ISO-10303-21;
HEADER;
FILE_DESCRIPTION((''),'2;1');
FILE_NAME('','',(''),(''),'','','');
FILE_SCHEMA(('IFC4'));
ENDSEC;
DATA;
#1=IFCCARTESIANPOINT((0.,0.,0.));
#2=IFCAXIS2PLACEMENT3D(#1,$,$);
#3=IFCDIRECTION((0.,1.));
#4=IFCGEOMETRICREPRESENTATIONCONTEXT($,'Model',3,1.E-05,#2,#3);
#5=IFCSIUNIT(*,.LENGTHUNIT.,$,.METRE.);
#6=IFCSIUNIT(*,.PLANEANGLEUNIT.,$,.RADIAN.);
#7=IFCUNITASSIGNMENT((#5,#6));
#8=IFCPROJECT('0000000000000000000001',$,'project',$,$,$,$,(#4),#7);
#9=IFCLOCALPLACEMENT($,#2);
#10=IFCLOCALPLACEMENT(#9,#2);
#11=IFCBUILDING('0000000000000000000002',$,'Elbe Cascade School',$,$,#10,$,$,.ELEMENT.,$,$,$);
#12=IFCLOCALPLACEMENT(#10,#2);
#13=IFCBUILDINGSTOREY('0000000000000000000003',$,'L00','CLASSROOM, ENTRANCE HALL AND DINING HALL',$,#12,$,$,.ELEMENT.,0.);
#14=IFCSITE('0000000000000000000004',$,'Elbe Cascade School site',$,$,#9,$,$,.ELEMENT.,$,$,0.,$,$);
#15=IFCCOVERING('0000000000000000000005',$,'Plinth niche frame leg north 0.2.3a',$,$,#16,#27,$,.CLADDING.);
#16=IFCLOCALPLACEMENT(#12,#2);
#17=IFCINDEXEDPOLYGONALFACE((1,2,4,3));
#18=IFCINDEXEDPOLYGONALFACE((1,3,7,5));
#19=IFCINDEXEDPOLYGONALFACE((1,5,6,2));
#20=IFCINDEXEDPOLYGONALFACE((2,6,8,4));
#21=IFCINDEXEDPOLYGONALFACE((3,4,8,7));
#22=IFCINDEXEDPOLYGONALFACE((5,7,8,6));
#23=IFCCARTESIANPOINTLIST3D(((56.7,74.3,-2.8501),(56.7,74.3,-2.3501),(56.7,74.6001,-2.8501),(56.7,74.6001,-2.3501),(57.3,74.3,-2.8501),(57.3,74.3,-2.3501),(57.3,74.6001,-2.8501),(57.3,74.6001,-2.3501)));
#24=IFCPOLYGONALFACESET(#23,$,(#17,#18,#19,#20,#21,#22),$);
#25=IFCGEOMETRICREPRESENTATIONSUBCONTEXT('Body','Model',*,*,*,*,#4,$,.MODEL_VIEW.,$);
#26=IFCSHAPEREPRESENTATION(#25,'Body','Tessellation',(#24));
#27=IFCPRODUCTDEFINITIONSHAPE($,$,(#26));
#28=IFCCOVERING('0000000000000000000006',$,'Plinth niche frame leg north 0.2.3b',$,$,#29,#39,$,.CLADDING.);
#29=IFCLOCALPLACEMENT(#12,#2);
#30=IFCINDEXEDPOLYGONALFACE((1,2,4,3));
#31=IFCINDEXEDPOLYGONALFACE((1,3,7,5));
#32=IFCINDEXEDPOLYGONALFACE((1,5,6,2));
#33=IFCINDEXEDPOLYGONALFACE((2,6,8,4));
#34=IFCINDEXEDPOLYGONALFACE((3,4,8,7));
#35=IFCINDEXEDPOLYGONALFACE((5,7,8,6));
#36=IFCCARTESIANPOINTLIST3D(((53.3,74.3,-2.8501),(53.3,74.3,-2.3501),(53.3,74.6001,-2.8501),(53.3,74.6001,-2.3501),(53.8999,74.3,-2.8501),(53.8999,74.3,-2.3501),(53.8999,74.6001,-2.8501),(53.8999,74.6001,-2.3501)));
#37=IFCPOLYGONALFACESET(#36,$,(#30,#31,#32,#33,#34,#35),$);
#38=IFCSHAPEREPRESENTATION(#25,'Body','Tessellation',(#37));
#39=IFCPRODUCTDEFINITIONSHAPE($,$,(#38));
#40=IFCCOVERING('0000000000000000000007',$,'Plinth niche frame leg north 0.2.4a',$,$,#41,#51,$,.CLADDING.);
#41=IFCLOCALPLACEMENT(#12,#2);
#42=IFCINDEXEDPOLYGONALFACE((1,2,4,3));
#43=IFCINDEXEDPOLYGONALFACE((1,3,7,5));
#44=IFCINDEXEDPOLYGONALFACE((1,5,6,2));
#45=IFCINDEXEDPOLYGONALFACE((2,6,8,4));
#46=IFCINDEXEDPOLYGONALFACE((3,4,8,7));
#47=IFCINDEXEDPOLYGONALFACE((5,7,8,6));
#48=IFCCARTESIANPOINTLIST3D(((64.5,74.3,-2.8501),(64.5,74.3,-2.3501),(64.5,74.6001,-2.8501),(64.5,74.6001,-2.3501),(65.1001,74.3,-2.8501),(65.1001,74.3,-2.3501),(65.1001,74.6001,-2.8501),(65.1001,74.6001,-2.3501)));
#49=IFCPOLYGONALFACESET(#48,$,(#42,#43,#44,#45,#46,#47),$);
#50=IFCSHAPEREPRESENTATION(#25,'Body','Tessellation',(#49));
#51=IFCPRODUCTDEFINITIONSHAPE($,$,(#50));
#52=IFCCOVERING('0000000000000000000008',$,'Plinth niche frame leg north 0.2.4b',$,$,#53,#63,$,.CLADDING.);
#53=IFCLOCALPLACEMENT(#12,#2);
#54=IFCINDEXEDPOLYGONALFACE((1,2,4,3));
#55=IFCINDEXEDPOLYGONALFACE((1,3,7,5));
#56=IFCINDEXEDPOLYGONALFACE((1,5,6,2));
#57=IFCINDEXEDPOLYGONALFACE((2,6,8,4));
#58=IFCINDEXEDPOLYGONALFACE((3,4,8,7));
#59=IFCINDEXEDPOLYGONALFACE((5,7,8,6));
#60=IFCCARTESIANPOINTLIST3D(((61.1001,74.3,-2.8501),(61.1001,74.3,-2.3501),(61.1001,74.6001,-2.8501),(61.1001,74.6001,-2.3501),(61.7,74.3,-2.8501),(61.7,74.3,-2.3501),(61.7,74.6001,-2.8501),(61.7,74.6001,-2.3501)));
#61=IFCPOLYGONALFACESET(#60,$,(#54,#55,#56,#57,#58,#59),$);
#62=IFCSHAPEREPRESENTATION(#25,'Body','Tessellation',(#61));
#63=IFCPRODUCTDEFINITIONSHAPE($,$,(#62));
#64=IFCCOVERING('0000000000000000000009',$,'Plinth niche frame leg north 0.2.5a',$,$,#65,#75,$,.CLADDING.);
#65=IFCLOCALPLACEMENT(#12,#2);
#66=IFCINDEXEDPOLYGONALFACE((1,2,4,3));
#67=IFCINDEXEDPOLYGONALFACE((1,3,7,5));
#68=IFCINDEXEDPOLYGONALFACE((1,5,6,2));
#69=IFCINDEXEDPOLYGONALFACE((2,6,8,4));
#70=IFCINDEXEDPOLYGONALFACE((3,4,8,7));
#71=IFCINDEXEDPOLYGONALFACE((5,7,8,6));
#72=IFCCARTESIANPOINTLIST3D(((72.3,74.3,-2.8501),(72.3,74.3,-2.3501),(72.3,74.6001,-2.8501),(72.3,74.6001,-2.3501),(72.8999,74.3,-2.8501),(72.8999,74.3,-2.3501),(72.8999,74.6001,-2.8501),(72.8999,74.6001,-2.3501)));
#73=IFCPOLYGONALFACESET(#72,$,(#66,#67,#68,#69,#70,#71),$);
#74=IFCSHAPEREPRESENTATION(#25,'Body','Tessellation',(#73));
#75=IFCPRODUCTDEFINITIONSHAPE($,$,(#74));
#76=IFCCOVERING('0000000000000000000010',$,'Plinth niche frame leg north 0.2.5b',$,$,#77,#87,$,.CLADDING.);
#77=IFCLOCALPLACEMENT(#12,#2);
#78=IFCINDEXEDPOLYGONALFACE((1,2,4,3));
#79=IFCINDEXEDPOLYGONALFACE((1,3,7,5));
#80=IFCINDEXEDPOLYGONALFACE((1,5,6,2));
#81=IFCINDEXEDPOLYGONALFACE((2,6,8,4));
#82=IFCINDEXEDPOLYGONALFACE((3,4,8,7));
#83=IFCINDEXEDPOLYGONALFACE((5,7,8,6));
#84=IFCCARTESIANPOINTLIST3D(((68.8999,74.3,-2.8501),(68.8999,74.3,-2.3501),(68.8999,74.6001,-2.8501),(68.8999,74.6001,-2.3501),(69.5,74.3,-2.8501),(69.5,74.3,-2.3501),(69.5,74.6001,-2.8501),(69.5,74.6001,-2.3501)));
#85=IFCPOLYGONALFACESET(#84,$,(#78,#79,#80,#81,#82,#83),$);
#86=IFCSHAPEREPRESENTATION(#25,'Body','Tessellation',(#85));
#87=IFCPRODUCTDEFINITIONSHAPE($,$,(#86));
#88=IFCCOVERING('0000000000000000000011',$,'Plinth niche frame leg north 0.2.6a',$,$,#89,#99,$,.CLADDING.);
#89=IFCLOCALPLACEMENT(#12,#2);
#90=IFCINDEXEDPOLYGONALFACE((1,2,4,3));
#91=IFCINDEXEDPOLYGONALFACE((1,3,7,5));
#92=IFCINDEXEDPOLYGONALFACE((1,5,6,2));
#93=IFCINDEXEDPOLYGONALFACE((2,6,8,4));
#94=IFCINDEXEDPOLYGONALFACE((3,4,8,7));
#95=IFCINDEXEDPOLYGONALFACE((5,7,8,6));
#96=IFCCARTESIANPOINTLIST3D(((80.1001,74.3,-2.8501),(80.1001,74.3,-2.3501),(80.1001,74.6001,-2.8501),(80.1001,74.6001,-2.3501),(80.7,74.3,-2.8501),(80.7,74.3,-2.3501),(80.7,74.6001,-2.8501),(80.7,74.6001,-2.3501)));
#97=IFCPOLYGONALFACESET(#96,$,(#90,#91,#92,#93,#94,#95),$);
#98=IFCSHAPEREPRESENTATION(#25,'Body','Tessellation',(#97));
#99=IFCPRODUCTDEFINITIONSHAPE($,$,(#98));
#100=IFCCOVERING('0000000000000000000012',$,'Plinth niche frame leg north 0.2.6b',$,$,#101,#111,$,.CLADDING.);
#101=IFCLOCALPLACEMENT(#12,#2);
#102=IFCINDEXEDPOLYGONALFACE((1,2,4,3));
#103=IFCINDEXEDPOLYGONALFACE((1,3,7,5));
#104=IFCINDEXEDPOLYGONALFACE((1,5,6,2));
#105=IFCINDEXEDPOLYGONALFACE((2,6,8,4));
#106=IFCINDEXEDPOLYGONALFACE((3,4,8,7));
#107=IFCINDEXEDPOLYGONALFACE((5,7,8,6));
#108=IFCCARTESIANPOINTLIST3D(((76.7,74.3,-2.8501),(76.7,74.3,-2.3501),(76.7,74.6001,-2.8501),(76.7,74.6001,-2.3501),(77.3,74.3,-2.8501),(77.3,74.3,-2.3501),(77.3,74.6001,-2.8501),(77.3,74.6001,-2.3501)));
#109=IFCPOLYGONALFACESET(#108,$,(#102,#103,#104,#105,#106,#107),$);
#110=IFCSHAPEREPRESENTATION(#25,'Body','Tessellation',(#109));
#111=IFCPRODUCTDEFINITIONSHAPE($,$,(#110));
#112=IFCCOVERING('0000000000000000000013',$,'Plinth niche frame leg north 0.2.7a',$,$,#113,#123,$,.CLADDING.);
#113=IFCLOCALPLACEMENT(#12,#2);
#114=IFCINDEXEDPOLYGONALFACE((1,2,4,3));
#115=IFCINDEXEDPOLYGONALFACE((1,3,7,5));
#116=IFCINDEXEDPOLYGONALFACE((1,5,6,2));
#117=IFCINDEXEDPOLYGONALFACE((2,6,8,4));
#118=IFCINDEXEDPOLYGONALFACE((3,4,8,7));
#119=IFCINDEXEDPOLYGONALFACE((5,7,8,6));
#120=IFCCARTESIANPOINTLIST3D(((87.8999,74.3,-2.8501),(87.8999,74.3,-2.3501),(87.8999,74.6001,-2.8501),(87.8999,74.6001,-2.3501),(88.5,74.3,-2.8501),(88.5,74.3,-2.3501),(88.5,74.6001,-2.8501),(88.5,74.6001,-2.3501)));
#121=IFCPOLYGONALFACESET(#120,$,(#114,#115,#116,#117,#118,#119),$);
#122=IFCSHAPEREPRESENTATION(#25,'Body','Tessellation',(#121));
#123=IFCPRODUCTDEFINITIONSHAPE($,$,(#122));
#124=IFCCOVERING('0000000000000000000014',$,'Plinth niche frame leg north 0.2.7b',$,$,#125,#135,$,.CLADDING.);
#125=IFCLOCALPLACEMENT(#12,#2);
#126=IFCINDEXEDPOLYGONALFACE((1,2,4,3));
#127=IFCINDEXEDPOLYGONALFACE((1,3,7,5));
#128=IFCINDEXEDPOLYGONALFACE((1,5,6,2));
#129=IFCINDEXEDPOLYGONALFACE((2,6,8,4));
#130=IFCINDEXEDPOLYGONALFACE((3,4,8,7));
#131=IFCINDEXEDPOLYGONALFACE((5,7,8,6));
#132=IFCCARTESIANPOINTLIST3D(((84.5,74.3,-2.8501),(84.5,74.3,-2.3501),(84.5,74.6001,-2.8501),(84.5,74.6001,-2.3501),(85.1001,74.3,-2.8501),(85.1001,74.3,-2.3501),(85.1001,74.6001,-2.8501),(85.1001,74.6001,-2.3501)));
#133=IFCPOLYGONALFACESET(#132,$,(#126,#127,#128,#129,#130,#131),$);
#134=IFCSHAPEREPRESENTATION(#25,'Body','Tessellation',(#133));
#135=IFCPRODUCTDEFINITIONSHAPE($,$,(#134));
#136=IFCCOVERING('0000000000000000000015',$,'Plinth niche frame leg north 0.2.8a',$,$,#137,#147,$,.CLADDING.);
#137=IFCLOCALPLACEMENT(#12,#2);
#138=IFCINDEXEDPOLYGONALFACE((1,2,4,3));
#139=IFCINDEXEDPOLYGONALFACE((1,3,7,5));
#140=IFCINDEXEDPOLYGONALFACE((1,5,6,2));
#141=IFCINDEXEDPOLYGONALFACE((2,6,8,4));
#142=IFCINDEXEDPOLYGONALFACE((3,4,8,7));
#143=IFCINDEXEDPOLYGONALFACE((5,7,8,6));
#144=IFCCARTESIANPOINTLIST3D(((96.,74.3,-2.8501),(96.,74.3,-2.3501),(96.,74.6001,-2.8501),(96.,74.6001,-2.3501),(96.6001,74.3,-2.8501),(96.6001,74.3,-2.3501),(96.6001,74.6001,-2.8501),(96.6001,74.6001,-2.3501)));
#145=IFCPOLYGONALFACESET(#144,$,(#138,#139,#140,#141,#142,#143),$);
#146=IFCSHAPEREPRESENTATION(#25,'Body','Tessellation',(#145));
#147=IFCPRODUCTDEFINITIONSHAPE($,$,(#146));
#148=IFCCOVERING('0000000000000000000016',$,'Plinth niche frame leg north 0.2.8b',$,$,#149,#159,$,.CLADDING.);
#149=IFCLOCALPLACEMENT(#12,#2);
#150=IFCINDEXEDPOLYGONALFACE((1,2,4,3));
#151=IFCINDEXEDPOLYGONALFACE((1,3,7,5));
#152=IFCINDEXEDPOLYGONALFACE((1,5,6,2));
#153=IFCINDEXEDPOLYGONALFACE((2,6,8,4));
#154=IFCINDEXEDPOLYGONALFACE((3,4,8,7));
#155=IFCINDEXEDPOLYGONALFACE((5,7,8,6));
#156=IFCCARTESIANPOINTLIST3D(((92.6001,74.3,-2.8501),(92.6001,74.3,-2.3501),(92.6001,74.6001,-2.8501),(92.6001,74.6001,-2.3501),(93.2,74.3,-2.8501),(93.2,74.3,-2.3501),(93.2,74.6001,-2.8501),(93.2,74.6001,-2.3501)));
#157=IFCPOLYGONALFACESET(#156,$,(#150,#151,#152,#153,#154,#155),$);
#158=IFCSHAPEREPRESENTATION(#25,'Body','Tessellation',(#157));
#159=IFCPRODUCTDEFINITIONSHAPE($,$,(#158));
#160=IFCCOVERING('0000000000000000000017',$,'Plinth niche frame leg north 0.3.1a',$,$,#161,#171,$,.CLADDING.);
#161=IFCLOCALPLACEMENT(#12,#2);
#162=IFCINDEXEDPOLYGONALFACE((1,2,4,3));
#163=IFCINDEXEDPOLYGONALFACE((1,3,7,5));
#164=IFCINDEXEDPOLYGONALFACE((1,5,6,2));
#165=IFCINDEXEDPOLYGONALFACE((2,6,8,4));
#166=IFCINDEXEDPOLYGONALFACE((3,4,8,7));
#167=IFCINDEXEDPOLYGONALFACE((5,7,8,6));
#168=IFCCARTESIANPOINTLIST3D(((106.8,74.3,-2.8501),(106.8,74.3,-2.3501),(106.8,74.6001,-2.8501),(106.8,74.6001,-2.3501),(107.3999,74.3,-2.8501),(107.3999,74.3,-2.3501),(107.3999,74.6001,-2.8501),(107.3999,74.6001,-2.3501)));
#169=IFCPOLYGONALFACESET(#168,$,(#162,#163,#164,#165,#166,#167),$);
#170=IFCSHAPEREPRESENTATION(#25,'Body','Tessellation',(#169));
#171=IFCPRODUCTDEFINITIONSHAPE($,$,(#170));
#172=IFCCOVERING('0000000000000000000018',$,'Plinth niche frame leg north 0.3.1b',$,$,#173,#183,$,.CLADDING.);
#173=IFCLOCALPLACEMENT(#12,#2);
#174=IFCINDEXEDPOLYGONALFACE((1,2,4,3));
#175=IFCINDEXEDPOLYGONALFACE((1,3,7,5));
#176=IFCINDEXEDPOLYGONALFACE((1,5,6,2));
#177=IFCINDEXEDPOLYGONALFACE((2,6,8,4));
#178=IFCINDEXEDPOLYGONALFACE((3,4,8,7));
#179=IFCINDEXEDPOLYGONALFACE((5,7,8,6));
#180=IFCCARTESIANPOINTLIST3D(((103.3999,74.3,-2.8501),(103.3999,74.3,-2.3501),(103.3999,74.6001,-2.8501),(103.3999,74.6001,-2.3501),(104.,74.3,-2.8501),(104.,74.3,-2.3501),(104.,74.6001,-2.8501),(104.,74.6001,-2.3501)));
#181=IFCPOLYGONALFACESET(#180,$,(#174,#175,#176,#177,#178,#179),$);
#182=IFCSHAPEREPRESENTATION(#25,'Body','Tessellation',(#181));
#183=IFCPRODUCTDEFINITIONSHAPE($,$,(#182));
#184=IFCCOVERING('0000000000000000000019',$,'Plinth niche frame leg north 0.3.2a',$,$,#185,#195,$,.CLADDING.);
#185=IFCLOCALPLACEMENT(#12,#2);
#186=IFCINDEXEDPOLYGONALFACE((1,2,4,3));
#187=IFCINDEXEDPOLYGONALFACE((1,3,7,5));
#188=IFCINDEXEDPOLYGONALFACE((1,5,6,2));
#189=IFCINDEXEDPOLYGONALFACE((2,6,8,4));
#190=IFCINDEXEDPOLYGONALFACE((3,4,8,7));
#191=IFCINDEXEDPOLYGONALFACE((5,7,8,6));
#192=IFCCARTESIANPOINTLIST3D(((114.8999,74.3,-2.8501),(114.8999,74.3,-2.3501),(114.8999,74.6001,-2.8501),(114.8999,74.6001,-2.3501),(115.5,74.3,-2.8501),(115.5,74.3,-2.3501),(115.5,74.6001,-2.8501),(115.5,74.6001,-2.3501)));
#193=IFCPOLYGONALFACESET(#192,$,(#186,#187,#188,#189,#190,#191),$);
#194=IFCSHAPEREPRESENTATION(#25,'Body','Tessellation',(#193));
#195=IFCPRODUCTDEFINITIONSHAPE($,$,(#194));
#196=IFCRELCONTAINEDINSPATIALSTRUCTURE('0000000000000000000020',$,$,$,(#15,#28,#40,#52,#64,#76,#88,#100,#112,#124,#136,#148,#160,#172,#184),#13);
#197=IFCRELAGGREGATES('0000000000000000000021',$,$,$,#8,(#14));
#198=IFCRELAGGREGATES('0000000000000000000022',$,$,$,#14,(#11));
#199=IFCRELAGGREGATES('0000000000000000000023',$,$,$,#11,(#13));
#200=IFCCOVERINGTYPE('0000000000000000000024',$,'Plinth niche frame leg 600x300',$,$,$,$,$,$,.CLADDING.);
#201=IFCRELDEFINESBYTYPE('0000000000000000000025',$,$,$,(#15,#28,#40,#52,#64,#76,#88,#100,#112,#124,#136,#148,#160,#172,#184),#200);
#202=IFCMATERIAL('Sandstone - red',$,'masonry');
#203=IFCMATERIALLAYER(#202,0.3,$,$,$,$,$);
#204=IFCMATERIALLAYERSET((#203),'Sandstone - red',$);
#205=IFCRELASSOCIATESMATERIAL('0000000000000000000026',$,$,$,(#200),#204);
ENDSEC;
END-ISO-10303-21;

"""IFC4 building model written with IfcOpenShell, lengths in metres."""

from ifc_helpers import new_model, si_unit, direction, frame, origin, place, context, subcontext, project, spatial, polyline, outline, extrude, material, layer, layer_set, type_object, element, save


model = new_model("IFC4")

# Units and contexts
model_context = context("Model", 3, precision=1e-05, world=origin(), true_north=direction((0.0, 1.0)))
body_context = subcontext(model_context, "Body", "Model", "MODEL_VIEW")
ifc_project = project(units=[si_unit("LENGTHUNIT", "METRE"), si_unit("PLANEANGLEUNIT", "RADIAN")], contexts=[model_context])

# Site, building, storey
site_placement = place(None, origin())
site = spatial("IfcSite", under=ifc_project, at=site_placement, Name="Elbe Cascade School site", CompositionType="ELEMENT", RefElevation=0.0)
building_placement = place(site_placement, origin())
building = spatial("IfcBuilding", under=site, at=building_placement, Name="Elbe Cascade School", CompositionType="ELEMENT")
storey_placement = place(building_placement, origin())
storey = spatial("IfcBuildingStorey", under=building, at=storey_placement, Name="L00", Description="CLASSROOM, ENTRANCE HALL AND DINING HALL", CompositionType="ELEMENT", Elevation=0.0)

# Coverings
ifc_material = material(Name="Sandstone - red", Category="masonry")
ifc_layer = layer(ifc_material, 0.3)
ifc_layer_set = layer_set([ifc_layer], Name="Sandstone - red")
covering_type = type_object("IfcCoveringType", Name="Plinth niche frame leg 600x300", PredefinedType="CLADDING", material=ifc_layer_set)
covering_1_placement = place(storey_placement, frame((0.0, 0.0, -2.8501)))
element("IfcCovering", 1, at=covering_1_placement, inside=storey, type_object=covering_type, Name="Plinth niche frame leg north 0.2.3a", PredefinedType="CLADDING", context=body_context, shape_type="SweptSolid", body=[
    extrude(outline(polyline([(56.7, 74.3), (57.3, 74.3), (57.3, 74.6001), (56.7, 74.6001), (56.7, 74.3)])), origin(), (0.0, 0.0, 1.0), 0.5),
])
covering_2_placement = place(storey_placement, frame((0.0, 0.0, -2.8501)))
element("IfcCovering", 2, at=covering_2_placement, inside=storey, type_object=covering_type, Name="Plinth niche frame leg north 0.2.3b", PredefinedType="CLADDING", context=body_context, shape_type="SweptSolid", body=[
    extrude(outline(polyline([(53.3, 74.3), (53.8999, 74.3), (53.8999, 74.6001), (53.3, 74.6001), (53.3, 74.3)])), origin(), (0.0, 0.0, 1.0), 0.5),
])
covering_3_placement = place(storey_placement, frame((0.0, 0.0, -2.8501)))
element("IfcCovering", 3, at=covering_3_placement, inside=storey, type_object=covering_type, Name="Plinth niche frame leg north 0.2.4a", PredefinedType="CLADDING", context=body_context, shape_type="SweptSolid", body=[
    extrude(outline(polyline([(64.5, 74.3), (65.1001, 74.3), (65.1001, 74.6001), (64.5, 74.6001), (64.5, 74.3)])), origin(), (0.0, 0.0, 1.0), 0.5),
])
covering_4_placement = place(storey_placement, frame((0.0, 0.0, -2.8501)))
element("IfcCovering", 4, at=covering_4_placement, inside=storey, type_object=covering_type, Name="Plinth niche frame leg north 0.2.4b", PredefinedType="CLADDING", context=body_context, shape_type="SweptSolid", body=[
    extrude(outline(polyline([(61.1001, 74.3), (61.7, 74.3), (61.7, 74.6001), (61.1001, 74.6001), (61.1001, 74.3)])), origin(), (0.0, 0.0, 1.0), 0.5),
])
covering_5_placement = place(storey_placement, frame((0.0, 0.0, -2.8501)))
element("IfcCovering", 5, at=covering_5_placement, inside=storey, type_object=covering_type, Name="Plinth niche frame leg north 0.2.5a", PredefinedType="CLADDING", context=body_context, shape_type="SweptSolid", body=[
    extrude(outline(polyline([(72.3, 74.3), (72.8999, 74.3), (72.8999, 74.6001), (72.3, 74.6001), (72.3, 74.3)])), origin(), (0.0, 0.0, 1.0), 0.5),
])
covering_6_placement = place(storey_placement, frame((0.0, 0.0, -2.8501)))
element("IfcCovering", 6, at=covering_6_placement, inside=storey, type_object=covering_type, Name="Plinth niche frame leg north 0.2.5b", PredefinedType="CLADDING", context=body_context, shape_type="SweptSolid", body=[
    extrude(outline(polyline([(68.8999, 74.3), (69.5, 74.3), (69.5, 74.6001), (68.8999, 74.6001), (68.8999, 74.3)])), origin(), (0.0, 0.0, 1.0), 0.5),
])
covering_7_placement = place(storey_placement, frame((0.0, 0.0, -2.8501)))
element("IfcCovering", 7, at=covering_7_placement, inside=storey, type_object=covering_type, Name="Plinth niche frame leg north 0.2.6a", PredefinedType="CLADDING", context=body_context, shape_type="SweptSolid", body=[
    extrude(outline(polyline([(80.1001, 74.3), (80.7, 74.3), (80.7, 74.6001), (80.1001, 74.6001), (80.1001, 74.3)])), origin(), (0.0, 0.0, 1.0), 0.5),
])
covering_8_placement = place(storey_placement, frame((0.0, 0.0, -2.8501)))
element("IfcCovering", 8, at=covering_8_placement, inside=storey, type_object=covering_type, Name="Plinth niche frame leg north 0.2.6b", PredefinedType="CLADDING", context=body_context, shape_type="SweptSolid", body=[
    extrude(outline(polyline([(76.7, 74.3), (77.3, 74.3), (77.3, 74.6001), (76.7, 74.6001), (76.7, 74.3)])), origin(), (0.0, 0.0, 1.0), 0.5),
])
covering_9_placement = place(storey_placement, frame((0.0, 0.0, -2.8501)))
element("IfcCovering", 9, at=covering_9_placement, inside=storey, type_object=covering_type, Name="Plinth niche frame leg north 0.2.7a", PredefinedType="CLADDING", context=body_context, shape_type="SweptSolid", body=[
    extrude(outline(polyline([(87.8999, 74.3), (88.5, 74.3), (88.5, 74.6001), (87.8999, 74.6001), (87.8999, 74.3)])), origin(), (0.0, 0.0, 1.0), 0.5),
])
covering_10_placement = place(storey_placement, frame((0.0, 0.0, -2.8501)))
element("IfcCovering", 10, at=covering_10_placement, inside=storey, type_object=covering_type, Name="Plinth niche frame leg north 0.2.7b", PredefinedType="CLADDING", context=body_context, shape_type="SweptSolid", body=[
    extrude(outline(polyline([(84.5, 74.3), (85.1001, 74.3), (85.1001, 74.6001), (84.5, 74.6001), (84.5, 74.3)])), origin(), (0.0, 0.0, 1.0), 0.5),
])
covering_11_placement = place(storey_placement, frame((0.0, 0.0, -2.8501)))
element("IfcCovering", 11, at=covering_11_placement, inside=storey, type_object=covering_type, Name="Plinth niche frame leg north 0.2.8a", PredefinedType="CLADDING", context=body_context, shape_type="SweptSolid", body=[
    extrude(outline(polyline([(96.0, 74.3), (96.6001, 74.3), (96.6001, 74.6001), (96.0, 74.6001), (96.0, 74.3)])), origin(), (0.0, 0.0, 1.0), 0.5),
])
covering_12_placement = place(storey_placement, frame((0.0, 0.0, -2.8501)))
element("IfcCovering", 12, at=covering_12_placement, inside=storey, type_object=covering_type, Name="Plinth niche frame leg north 0.2.8b", PredefinedType="CLADDING", context=body_context, shape_type="SweptSolid", body=[
    extrude(outline(polyline([(92.6001, 74.3), (93.2, 74.3), (93.2, 74.6001), (92.6001, 74.6001), (92.6001, 74.3)])), origin(), (0.0, 0.0, 1.0), 0.5),
])
covering_13_placement = place(storey_placement, frame((0.0, 0.0, -2.8501)))
element("IfcCovering", 13, at=covering_13_placement, inside=storey, type_object=covering_type, Name="Plinth niche frame leg north 0.3.1a", PredefinedType="CLADDING", context=body_context, shape_type="SweptSolid", body=[
    extrude(outline(polyline([(106.8, 74.3), (107.3999, 74.3), (107.3999, 74.6001), (106.8, 74.6001), (106.8, 74.3)])), origin(), (0.0, 0.0, 1.0), 0.5),
])
covering_14_placement = place(storey_placement, frame((0.0, 0.0, -2.8501)))
element("IfcCovering", 14, at=covering_14_placement, inside=storey, type_object=covering_type, Name="Plinth niche frame leg north 0.3.1b", PredefinedType="CLADDING", context=body_context, shape_type="SweptSolid", body=[
    extrude(outline(polyline([(103.3999, 74.3), (104.0, 74.3), (104.0, 74.6001), (103.3999, 74.6001), (103.3999, 74.3)])), origin(), (0.0, 0.0, 1.0), 0.5),
])
covering_15_placement = place(storey_placement, frame((0.0, 0.0, -2.8501)))
element("IfcCovering", 15, at=covering_15_placement, inside=storey, type_object=covering_type, Name="Plinth niche frame leg north 0.3.2a", PredefinedType="CLADDING", context=body_context, shape_type="SweptSolid", body=[
    extrude(outline(polyline([(114.8999, 74.3), (115.5, 74.3), (115.5, 74.6001), (114.8999, 74.6001), (114.8999, 74.3)])), origin(), (0.0, 0.0, 1.0), 0.5),
])

save(model, "model.ifc")
